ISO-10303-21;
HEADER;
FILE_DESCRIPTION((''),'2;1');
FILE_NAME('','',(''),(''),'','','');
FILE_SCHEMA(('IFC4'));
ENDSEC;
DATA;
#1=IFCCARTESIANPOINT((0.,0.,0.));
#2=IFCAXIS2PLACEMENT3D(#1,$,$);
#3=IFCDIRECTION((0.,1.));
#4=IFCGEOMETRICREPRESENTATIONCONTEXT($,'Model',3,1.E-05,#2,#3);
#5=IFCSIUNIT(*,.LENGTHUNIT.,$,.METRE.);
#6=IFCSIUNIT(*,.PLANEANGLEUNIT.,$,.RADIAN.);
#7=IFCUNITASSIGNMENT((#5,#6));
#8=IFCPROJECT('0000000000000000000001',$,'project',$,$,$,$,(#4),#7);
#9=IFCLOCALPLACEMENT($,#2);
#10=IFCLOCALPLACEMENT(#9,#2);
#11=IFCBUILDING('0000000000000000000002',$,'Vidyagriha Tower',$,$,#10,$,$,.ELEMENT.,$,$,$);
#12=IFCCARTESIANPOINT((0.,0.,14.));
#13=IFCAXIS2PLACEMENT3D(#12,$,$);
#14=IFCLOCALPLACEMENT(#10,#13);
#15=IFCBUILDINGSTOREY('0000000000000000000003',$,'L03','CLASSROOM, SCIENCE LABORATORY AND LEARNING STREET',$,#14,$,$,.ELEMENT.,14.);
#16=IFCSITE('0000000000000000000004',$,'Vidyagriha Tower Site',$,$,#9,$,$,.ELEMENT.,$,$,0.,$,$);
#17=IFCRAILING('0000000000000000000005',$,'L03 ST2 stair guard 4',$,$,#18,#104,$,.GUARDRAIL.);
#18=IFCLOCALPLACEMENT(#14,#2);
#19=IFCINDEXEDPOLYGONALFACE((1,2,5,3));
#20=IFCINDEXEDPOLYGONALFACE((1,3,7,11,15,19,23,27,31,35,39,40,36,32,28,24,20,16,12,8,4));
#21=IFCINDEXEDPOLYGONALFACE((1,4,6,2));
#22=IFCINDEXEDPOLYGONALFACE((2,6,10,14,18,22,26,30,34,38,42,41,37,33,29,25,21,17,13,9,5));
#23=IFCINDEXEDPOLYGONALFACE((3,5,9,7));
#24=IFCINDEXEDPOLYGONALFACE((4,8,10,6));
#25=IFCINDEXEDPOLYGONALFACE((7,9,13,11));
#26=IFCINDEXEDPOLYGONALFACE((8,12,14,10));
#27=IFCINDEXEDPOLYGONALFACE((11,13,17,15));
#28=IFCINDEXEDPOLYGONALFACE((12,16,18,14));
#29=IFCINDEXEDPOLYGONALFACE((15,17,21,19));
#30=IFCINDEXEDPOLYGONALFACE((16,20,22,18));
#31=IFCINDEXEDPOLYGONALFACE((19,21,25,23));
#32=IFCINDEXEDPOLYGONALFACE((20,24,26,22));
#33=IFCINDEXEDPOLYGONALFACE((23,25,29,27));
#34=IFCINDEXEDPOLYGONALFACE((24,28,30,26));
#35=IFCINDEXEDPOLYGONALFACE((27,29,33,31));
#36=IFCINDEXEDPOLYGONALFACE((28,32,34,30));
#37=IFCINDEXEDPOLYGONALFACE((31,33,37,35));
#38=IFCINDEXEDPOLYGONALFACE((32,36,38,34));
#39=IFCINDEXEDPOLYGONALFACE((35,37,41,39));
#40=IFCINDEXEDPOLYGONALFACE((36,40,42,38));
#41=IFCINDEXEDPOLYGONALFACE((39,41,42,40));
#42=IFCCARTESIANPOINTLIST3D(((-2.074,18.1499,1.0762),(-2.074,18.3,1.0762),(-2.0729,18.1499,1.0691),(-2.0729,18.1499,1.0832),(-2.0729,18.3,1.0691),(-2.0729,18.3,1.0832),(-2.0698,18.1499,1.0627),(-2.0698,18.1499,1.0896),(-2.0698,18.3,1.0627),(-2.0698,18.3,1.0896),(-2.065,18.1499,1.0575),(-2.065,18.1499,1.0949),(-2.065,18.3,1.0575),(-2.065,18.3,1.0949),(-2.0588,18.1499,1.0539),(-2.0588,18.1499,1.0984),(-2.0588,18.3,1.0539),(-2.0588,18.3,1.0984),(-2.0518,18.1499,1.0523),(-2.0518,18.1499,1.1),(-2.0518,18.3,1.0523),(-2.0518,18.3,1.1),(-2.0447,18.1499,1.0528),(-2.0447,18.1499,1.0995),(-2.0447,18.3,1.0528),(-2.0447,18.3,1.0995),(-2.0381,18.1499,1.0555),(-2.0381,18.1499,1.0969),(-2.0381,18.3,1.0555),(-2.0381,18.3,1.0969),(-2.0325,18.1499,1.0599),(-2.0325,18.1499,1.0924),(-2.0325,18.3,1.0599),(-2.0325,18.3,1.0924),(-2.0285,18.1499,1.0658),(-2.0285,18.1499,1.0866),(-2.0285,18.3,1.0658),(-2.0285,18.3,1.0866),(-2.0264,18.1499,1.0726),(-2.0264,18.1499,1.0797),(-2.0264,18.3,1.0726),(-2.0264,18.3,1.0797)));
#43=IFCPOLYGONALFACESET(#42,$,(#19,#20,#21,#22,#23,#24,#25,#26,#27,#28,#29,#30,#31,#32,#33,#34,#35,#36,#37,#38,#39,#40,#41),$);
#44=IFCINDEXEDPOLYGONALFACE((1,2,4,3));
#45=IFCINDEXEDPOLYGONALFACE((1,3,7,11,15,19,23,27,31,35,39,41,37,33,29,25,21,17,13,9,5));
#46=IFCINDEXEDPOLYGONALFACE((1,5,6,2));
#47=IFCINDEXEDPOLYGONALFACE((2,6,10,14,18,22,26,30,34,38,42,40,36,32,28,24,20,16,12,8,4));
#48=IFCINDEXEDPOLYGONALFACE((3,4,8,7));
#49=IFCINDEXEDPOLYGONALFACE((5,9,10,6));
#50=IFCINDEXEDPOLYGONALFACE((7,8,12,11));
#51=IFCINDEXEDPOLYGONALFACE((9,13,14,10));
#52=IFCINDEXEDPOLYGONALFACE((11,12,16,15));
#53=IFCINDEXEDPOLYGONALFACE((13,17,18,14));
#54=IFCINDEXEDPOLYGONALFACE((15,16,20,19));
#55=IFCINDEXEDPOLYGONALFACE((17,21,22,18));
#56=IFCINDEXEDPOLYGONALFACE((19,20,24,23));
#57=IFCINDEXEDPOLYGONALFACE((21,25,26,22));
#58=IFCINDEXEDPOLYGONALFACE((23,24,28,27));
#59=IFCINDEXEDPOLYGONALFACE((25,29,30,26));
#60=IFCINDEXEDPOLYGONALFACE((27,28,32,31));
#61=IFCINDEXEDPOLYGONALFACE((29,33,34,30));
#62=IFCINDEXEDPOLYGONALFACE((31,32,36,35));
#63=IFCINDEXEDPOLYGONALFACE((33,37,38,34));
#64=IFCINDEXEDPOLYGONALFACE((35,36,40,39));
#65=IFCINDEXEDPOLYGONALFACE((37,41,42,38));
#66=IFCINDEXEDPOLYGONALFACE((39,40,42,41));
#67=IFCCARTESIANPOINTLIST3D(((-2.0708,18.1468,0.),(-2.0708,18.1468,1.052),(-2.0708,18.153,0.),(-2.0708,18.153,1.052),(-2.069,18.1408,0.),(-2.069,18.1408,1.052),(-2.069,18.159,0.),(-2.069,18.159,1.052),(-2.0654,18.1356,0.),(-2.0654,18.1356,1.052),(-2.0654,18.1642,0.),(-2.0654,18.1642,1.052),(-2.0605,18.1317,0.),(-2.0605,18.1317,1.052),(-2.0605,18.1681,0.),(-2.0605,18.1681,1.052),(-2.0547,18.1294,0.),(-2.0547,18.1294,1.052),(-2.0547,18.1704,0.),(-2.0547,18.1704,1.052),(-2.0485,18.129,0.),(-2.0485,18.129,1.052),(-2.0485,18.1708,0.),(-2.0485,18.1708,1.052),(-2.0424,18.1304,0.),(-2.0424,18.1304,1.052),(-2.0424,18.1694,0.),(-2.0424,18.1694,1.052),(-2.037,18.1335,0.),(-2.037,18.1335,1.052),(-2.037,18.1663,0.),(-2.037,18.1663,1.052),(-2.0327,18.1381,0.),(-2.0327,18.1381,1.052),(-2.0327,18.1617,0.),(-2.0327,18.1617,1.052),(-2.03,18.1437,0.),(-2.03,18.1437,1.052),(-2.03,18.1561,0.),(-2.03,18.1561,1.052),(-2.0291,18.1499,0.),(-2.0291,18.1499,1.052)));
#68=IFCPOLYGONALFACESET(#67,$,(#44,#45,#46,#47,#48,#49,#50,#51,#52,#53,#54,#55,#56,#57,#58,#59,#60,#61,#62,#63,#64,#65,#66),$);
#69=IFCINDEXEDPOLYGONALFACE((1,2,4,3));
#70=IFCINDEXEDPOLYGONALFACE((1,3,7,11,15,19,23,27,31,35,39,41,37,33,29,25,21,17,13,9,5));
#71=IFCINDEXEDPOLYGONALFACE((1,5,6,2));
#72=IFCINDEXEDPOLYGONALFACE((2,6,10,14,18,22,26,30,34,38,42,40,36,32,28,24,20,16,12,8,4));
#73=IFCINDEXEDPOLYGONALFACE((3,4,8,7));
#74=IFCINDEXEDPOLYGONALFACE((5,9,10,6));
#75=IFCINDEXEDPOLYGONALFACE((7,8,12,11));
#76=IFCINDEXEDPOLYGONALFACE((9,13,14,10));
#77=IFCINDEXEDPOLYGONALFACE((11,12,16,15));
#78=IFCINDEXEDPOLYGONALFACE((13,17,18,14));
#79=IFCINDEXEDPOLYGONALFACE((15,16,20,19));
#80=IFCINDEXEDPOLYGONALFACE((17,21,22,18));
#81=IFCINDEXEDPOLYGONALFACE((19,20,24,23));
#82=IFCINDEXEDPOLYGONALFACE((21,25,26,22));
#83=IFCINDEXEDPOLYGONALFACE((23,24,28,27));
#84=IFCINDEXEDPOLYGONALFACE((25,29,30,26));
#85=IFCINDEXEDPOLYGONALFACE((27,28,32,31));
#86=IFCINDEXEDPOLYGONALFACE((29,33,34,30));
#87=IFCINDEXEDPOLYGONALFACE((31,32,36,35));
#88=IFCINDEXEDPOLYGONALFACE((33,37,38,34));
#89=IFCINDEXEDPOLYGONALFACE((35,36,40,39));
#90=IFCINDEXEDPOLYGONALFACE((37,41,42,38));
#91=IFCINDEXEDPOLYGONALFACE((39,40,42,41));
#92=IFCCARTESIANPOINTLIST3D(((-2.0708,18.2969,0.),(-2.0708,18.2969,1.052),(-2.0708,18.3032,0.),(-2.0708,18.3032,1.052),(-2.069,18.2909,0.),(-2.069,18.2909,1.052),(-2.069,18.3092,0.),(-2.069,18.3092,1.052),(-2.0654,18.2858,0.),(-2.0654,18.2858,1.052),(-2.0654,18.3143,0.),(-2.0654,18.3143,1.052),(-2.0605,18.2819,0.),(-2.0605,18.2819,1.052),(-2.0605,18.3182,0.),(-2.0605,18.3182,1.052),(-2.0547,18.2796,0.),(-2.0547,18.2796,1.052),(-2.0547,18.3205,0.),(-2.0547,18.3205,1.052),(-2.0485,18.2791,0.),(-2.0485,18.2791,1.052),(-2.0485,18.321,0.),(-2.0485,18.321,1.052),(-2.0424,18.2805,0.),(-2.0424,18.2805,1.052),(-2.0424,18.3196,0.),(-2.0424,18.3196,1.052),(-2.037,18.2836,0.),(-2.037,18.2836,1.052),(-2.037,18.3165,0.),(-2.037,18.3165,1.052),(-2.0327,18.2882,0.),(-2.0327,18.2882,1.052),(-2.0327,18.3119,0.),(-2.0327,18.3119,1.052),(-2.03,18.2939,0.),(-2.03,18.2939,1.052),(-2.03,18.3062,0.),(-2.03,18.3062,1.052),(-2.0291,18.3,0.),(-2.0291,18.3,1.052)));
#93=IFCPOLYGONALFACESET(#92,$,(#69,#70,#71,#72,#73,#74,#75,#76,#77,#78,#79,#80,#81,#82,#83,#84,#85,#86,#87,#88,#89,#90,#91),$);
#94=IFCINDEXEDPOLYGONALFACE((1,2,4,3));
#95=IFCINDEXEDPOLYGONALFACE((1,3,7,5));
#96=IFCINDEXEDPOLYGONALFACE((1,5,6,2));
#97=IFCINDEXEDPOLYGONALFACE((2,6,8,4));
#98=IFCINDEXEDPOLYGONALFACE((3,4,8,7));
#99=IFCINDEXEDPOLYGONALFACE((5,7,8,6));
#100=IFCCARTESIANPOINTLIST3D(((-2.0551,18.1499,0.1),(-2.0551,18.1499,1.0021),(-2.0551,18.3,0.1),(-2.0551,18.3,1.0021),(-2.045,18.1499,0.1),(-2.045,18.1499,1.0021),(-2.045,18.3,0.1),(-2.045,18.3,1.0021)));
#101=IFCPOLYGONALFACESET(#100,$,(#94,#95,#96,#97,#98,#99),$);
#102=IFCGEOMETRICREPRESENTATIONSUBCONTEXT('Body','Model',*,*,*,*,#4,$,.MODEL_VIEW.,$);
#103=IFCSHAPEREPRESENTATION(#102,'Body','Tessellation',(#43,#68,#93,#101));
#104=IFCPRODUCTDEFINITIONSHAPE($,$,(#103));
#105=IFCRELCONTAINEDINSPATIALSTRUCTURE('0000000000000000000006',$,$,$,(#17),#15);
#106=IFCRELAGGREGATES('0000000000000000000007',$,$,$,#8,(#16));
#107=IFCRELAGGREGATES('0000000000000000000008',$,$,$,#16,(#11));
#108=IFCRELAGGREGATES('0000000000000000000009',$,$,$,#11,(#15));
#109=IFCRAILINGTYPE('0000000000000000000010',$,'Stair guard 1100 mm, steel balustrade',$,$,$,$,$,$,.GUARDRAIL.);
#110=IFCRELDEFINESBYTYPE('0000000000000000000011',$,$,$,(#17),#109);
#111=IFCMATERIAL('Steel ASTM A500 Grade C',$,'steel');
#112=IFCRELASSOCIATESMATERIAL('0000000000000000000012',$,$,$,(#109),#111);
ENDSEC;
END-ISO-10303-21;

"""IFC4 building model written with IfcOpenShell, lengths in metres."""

from ifc_helpers import new_model, si_unit, direction, frame, origin, origin_2d, place, context, subcontext, project, spatial, rectangle, circle, extrude, material, type_object, element, save


model = new_model("IFC4")

# Units and contexts
model_context = context("Model", 3, precision=1e-05, world=origin(), true_north=direction((0.0, 1.0)))
body_context = subcontext(model_context, "Body", "Model", "MODEL_VIEW")
ifc_project = project(units=[si_unit("LENGTHUNIT", "METRE"), si_unit("PLANEANGLEUNIT", "RADIAN")], contexts=[model_context])

# Site, building, storey
site_placement = place(None, origin())
site = spatial("IfcSite", under=ifc_project, at=site_placement, Name="Vidyagriha Tower Site", CompositionType="ELEMENT", RefElevation=0.0)
building_placement = place(site_placement, origin())
building = spatial("IfcBuilding", under=site, at=building_placement, Name="Vidyagriha Tower", CompositionType="ELEMENT")
storey_placement = place(building_placement, frame((0.0, 0.0, 14.0)))
storey = spatial("IfcBuildingStorey", under=building, at=storey_placement, Name="L03", Description="CLASSROOM, SCIENCE LABORATORY AND LEARNING STREET", CompositionType="ELEMENT", Elevation=14.0)

# Railing
ifc_material_1 = material(Name="Steel ASTM A500 Grade C", Category="steel")
railing_type_1 = type_object("IfcRailingType", Name="Stair guard 1100 mm, steel balustrade", PredefinedType="GUARDRAIL", material=ifc_material_1)
railing_1_placement = place(storey_placement, frame((-2.05, 18.1499, 0.0)))
element("IfcRailing", 1, at=railing_1_placement, inside=storey, type_object=railing_type_1, Name="L03 ST2 stair guard 4", PredefinedType="GUARDRAIL", context=body_context, shape_type="SweptSolid", body=[
    extrude(circle(Radius=0.0239, at=origin_2d()), frame((0.0, 0.0, 1.0762), z_axis=(0.0, 1.0, 0.0), x_axis=(-1.0, 0.0, 0.0)), (0.0, 0.0, 1.0), 0.1501),
    extrude(circle(Radius=0.021, at=origin_2d()), origin(), (0.0, 0.0, 1.0), 1.052),
    extrude(circle(Radius=0.021, at=origin_2d()), frame((0.0, 0.1501, 0.0)), (0.0, 0.0, 1.0), 1.052),
    extrude(rectangle(XDim=0.01, YDim=0.9021, at=origin_2d()), frame((0.0, 0.0, 0.551), z_axis=(0.0, 1.0, 0.0), x_axis=(-1.0, 0.0, 0.0)), (0.0, 0.0, 1.0), 0.1501),
])

save(model, "model.ifc")
